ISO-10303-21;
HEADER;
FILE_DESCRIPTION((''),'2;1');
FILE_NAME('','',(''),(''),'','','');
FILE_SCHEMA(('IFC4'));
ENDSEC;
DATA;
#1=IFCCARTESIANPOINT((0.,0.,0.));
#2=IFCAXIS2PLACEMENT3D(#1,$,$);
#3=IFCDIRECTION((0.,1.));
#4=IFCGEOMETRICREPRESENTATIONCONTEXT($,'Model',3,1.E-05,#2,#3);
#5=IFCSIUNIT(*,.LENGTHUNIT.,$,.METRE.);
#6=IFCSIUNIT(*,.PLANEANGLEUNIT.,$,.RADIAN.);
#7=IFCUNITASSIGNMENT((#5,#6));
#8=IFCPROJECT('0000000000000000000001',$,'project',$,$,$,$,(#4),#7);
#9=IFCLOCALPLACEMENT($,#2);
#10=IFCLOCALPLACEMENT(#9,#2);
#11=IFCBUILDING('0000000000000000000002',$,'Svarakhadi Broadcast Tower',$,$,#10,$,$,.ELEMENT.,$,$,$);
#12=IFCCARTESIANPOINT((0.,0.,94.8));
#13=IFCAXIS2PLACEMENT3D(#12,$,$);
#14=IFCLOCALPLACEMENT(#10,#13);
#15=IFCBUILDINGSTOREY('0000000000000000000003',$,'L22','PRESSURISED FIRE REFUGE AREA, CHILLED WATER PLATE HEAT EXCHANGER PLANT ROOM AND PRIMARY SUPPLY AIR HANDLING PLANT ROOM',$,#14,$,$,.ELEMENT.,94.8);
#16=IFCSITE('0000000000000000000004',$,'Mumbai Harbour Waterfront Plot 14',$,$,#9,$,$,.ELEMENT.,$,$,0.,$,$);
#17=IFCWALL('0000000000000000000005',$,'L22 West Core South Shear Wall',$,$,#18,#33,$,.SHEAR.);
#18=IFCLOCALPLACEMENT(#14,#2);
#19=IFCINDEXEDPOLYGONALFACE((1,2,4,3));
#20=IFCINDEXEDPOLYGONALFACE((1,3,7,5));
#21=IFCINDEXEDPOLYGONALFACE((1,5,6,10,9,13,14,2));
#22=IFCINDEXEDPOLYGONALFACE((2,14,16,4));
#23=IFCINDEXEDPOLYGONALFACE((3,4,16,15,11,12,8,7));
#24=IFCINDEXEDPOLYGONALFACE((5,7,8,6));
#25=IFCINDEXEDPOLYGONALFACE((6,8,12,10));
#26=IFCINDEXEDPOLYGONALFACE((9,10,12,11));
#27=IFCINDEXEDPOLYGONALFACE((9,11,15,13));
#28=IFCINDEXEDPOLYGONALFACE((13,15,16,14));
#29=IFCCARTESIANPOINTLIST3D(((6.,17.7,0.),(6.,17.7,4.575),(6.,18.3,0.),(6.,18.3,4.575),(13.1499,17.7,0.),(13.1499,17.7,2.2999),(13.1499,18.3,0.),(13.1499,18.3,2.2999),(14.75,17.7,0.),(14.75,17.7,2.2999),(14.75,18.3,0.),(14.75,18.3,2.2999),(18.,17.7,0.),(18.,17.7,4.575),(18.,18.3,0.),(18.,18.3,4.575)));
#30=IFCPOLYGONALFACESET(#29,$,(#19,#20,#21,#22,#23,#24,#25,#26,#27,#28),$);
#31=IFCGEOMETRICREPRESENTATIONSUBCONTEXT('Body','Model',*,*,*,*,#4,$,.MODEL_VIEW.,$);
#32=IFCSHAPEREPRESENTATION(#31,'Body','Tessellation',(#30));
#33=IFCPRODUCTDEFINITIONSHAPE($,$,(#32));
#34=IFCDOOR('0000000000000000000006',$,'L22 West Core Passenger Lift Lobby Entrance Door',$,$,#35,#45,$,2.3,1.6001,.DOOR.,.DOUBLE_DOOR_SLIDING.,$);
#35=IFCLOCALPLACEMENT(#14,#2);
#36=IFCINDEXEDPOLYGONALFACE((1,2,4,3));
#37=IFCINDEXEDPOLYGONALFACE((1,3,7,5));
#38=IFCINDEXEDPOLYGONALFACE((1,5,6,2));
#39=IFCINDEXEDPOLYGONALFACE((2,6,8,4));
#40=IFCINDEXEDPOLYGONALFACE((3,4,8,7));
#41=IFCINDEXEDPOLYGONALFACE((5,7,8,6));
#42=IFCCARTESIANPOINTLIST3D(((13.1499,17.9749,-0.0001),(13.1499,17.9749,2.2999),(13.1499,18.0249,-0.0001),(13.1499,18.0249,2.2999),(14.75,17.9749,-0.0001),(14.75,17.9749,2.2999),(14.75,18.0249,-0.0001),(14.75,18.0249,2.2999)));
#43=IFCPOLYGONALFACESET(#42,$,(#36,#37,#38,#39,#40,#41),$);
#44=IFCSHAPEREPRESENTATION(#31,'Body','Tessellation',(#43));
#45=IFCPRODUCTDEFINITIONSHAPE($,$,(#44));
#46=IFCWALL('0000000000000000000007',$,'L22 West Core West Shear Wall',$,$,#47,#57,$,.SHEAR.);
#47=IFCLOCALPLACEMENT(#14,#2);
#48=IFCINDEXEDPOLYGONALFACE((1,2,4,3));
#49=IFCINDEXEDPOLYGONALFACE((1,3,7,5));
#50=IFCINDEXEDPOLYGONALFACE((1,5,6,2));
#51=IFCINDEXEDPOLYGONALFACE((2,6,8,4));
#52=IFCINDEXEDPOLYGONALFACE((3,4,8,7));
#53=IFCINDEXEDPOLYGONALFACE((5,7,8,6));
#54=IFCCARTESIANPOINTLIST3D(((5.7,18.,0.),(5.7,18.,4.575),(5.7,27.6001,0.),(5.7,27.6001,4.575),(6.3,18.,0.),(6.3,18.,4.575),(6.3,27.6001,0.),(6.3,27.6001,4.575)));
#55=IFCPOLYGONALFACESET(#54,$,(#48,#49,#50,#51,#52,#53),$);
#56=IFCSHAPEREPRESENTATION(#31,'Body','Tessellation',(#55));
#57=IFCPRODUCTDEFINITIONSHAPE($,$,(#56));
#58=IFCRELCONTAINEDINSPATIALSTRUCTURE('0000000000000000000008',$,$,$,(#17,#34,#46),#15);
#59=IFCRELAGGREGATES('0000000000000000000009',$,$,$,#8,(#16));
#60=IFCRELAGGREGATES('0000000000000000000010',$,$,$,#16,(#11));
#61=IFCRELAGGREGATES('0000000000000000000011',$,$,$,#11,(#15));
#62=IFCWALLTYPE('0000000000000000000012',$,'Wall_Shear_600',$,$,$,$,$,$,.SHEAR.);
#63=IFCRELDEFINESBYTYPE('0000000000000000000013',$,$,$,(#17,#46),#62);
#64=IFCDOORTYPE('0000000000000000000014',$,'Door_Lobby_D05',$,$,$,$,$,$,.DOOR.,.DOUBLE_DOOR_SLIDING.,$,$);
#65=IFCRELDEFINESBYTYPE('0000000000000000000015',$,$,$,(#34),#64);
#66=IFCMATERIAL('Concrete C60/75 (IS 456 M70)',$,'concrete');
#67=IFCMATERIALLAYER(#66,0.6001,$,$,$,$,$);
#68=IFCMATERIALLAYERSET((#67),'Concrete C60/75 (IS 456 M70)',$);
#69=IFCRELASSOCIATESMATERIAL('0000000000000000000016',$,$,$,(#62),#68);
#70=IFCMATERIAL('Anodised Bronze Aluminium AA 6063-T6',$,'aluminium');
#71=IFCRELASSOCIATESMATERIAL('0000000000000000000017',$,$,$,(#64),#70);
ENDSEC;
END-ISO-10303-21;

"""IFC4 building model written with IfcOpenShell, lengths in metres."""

from ifc_helpers import new_model, si_unit, direction, frame, frame_2d, origin, place, context, subcontext, project, spatial, rectangle, extrude, material, layer, layer_set, type_object, element, fill, save


model = new_model("IFC4")

# Units and contexts
model_context = context("Model", 3, precision=1e-05, world=origin(), true_north=direction((0.0, 1.0)))
body_context = subcontext(model_context, "Body", "Model", "MODEL_VIEW")
ifc_project = project(units=[si_unit("LENGTHUNIT", "METRE"), si_unit("PLANEANGLEUNIT", "RADIAN")], contexts=[model_context])

# Site, building, storey
site_placement = place(None, origin())
site = spatial("IfcSite", under=ifc_project, at=site_placement, Name="Mumbai Harbour Waterfront Plot 14", CompositionType="ELEMENT", RefElevation=0.0)
building_placement = place(site_placement, origin())
building = spatial("IfcBuilding", under=site, at=building_placement, Name="Svarakhadi Broadcast Tower", CompositionType="ELEMENT")
storey_placement = place(building_placement, frame((0.0, 0.0, 94.8)))
storey = spatial("IfcBuildingStorey", under=building, at=storey_placement, Name="L22", Description="PRESSURISED FIRE REFUGE AREA, CHILLED WATER PLATE HEAT EXCHANGER PLANT ROOM AND PRIMARY SUPPLY AIR HANDLING PLANT ROOM", CompositionType="ELEMENT", Elevation=94.8)

# Shared definitions
ifc_material_1 = material(Name="Concrete C60/75 (IS 456 M70)", Category="concrete")

# Wall, opening, door
ifc_layer_1 = layer(ifc_material_1, 0.6001)
ifc_layer_set_1 = layer_set([ifc_layer_1], Name="Concrete C60/75 (IS 456 M70)")
wall_type_1 = type_object("IfcWallType", Name="Wall_Shear_600", PredefinedType="SHEAR", material=ifc_layer_set_1)
wall_1_placement = place(storey_placement, frame((6.0, 18.0, 0.0), z_axis=(0.0, 0.0, 1.0), x_axis=(1.0, 0.0, 0.0)))
wall_1 = element("IfcWall", 1, at=wall_1_placement, inside=storey, type_object=wall_type_1, Name="L22 West Core South Shear Wall", PredefinedType="SHEAR", context=body_context, shape_type="SweptSolid", body=[
    extrude(rectangle(XDim=12.0, YDim=0.6001, at=frame_2d((6.0, 0.0))), origin(), (0.0, 0.0, 1.0), 4.575),
])
opening_1_placement = place(wall_1_placement, frame((7.1499, 0.0, 0.0)))
opening_1 = element("IfcOpeningElement", 2, at=opening_1_placement, cuts=wall_1, PredefinedType="OPENING", context=body_context, shape_type="SweptSolid", body=[
    extrude(rectangle(XDim=1.6001, YDim=2.3, at=frame_2d((0.8, 1.1499))), frame((0.0, 0.3101, 0.0), z_axis=(0.0, -1.0, 0.0), x_axis=(1.0, 0.0, 0.0)), (0.0, 0.0, 1.0), 0.6201),
])
ifc_material_2 = material(Name="Anodised Bronze Aluminium AA 6063-T6", Category="aluminium")
door_type_1 = type_object("IfcDoorType", Name="Door_Lobby_D05", OperationType="DOUBLE_DOOR_SLIDING", PredefinedType="DOOR", material=ifc_material_2)
door_1_placement = place(opening_1_placement, origin())
door_1 = element("IfcDoor", 3, at=door_1_placement, inside=storey, type_object=door_type_1, Name="L22 West Core Passenger Lift Lobby Entrance Door", OperationType="DOUBLE_DOOR_SLIDING", OverallHeight=2.3, OverallWidth=1.6001, PredefinedType="DOOR", context=body_context, shape_type="SweptSolid", body=[
    extrude(rectangle(XDim=1.6001, YDim=2.3, at=frame_2d((0.8, 1.1499))), frame((0.0, 0.0249, 0.0), z_axis=(0.0, -1.0, 0.0), x_axis=(1.0, 0.0, 0.0)), (0.0, 0.0, 1.0), 0.05),
])
fill(opening_1, door_1)

# Wall
wall_2_placement = place(storey_placement, frame((6.0, 18.0, 0.0), z_axis=(0.0, 0.0, 1.0), x_axis=(0.0, 1.0, 0.0)))
element("IfcWall", 4, at=wall_2_placement, inside=storey, type_object=wall_type_1, Name="L22 West Core West Shear Wall", PredefinedType="SHEAR", context=body_context, shape_type="SweptSolid", body=[
    extrude(rectangle(XDim=9.6001, YDim=0.6001, at=frame_2d((4.8, 0.0))), origin(), (0.0, 0.0, 1.0), 4.575),
])

save(model, "model.ifc")
